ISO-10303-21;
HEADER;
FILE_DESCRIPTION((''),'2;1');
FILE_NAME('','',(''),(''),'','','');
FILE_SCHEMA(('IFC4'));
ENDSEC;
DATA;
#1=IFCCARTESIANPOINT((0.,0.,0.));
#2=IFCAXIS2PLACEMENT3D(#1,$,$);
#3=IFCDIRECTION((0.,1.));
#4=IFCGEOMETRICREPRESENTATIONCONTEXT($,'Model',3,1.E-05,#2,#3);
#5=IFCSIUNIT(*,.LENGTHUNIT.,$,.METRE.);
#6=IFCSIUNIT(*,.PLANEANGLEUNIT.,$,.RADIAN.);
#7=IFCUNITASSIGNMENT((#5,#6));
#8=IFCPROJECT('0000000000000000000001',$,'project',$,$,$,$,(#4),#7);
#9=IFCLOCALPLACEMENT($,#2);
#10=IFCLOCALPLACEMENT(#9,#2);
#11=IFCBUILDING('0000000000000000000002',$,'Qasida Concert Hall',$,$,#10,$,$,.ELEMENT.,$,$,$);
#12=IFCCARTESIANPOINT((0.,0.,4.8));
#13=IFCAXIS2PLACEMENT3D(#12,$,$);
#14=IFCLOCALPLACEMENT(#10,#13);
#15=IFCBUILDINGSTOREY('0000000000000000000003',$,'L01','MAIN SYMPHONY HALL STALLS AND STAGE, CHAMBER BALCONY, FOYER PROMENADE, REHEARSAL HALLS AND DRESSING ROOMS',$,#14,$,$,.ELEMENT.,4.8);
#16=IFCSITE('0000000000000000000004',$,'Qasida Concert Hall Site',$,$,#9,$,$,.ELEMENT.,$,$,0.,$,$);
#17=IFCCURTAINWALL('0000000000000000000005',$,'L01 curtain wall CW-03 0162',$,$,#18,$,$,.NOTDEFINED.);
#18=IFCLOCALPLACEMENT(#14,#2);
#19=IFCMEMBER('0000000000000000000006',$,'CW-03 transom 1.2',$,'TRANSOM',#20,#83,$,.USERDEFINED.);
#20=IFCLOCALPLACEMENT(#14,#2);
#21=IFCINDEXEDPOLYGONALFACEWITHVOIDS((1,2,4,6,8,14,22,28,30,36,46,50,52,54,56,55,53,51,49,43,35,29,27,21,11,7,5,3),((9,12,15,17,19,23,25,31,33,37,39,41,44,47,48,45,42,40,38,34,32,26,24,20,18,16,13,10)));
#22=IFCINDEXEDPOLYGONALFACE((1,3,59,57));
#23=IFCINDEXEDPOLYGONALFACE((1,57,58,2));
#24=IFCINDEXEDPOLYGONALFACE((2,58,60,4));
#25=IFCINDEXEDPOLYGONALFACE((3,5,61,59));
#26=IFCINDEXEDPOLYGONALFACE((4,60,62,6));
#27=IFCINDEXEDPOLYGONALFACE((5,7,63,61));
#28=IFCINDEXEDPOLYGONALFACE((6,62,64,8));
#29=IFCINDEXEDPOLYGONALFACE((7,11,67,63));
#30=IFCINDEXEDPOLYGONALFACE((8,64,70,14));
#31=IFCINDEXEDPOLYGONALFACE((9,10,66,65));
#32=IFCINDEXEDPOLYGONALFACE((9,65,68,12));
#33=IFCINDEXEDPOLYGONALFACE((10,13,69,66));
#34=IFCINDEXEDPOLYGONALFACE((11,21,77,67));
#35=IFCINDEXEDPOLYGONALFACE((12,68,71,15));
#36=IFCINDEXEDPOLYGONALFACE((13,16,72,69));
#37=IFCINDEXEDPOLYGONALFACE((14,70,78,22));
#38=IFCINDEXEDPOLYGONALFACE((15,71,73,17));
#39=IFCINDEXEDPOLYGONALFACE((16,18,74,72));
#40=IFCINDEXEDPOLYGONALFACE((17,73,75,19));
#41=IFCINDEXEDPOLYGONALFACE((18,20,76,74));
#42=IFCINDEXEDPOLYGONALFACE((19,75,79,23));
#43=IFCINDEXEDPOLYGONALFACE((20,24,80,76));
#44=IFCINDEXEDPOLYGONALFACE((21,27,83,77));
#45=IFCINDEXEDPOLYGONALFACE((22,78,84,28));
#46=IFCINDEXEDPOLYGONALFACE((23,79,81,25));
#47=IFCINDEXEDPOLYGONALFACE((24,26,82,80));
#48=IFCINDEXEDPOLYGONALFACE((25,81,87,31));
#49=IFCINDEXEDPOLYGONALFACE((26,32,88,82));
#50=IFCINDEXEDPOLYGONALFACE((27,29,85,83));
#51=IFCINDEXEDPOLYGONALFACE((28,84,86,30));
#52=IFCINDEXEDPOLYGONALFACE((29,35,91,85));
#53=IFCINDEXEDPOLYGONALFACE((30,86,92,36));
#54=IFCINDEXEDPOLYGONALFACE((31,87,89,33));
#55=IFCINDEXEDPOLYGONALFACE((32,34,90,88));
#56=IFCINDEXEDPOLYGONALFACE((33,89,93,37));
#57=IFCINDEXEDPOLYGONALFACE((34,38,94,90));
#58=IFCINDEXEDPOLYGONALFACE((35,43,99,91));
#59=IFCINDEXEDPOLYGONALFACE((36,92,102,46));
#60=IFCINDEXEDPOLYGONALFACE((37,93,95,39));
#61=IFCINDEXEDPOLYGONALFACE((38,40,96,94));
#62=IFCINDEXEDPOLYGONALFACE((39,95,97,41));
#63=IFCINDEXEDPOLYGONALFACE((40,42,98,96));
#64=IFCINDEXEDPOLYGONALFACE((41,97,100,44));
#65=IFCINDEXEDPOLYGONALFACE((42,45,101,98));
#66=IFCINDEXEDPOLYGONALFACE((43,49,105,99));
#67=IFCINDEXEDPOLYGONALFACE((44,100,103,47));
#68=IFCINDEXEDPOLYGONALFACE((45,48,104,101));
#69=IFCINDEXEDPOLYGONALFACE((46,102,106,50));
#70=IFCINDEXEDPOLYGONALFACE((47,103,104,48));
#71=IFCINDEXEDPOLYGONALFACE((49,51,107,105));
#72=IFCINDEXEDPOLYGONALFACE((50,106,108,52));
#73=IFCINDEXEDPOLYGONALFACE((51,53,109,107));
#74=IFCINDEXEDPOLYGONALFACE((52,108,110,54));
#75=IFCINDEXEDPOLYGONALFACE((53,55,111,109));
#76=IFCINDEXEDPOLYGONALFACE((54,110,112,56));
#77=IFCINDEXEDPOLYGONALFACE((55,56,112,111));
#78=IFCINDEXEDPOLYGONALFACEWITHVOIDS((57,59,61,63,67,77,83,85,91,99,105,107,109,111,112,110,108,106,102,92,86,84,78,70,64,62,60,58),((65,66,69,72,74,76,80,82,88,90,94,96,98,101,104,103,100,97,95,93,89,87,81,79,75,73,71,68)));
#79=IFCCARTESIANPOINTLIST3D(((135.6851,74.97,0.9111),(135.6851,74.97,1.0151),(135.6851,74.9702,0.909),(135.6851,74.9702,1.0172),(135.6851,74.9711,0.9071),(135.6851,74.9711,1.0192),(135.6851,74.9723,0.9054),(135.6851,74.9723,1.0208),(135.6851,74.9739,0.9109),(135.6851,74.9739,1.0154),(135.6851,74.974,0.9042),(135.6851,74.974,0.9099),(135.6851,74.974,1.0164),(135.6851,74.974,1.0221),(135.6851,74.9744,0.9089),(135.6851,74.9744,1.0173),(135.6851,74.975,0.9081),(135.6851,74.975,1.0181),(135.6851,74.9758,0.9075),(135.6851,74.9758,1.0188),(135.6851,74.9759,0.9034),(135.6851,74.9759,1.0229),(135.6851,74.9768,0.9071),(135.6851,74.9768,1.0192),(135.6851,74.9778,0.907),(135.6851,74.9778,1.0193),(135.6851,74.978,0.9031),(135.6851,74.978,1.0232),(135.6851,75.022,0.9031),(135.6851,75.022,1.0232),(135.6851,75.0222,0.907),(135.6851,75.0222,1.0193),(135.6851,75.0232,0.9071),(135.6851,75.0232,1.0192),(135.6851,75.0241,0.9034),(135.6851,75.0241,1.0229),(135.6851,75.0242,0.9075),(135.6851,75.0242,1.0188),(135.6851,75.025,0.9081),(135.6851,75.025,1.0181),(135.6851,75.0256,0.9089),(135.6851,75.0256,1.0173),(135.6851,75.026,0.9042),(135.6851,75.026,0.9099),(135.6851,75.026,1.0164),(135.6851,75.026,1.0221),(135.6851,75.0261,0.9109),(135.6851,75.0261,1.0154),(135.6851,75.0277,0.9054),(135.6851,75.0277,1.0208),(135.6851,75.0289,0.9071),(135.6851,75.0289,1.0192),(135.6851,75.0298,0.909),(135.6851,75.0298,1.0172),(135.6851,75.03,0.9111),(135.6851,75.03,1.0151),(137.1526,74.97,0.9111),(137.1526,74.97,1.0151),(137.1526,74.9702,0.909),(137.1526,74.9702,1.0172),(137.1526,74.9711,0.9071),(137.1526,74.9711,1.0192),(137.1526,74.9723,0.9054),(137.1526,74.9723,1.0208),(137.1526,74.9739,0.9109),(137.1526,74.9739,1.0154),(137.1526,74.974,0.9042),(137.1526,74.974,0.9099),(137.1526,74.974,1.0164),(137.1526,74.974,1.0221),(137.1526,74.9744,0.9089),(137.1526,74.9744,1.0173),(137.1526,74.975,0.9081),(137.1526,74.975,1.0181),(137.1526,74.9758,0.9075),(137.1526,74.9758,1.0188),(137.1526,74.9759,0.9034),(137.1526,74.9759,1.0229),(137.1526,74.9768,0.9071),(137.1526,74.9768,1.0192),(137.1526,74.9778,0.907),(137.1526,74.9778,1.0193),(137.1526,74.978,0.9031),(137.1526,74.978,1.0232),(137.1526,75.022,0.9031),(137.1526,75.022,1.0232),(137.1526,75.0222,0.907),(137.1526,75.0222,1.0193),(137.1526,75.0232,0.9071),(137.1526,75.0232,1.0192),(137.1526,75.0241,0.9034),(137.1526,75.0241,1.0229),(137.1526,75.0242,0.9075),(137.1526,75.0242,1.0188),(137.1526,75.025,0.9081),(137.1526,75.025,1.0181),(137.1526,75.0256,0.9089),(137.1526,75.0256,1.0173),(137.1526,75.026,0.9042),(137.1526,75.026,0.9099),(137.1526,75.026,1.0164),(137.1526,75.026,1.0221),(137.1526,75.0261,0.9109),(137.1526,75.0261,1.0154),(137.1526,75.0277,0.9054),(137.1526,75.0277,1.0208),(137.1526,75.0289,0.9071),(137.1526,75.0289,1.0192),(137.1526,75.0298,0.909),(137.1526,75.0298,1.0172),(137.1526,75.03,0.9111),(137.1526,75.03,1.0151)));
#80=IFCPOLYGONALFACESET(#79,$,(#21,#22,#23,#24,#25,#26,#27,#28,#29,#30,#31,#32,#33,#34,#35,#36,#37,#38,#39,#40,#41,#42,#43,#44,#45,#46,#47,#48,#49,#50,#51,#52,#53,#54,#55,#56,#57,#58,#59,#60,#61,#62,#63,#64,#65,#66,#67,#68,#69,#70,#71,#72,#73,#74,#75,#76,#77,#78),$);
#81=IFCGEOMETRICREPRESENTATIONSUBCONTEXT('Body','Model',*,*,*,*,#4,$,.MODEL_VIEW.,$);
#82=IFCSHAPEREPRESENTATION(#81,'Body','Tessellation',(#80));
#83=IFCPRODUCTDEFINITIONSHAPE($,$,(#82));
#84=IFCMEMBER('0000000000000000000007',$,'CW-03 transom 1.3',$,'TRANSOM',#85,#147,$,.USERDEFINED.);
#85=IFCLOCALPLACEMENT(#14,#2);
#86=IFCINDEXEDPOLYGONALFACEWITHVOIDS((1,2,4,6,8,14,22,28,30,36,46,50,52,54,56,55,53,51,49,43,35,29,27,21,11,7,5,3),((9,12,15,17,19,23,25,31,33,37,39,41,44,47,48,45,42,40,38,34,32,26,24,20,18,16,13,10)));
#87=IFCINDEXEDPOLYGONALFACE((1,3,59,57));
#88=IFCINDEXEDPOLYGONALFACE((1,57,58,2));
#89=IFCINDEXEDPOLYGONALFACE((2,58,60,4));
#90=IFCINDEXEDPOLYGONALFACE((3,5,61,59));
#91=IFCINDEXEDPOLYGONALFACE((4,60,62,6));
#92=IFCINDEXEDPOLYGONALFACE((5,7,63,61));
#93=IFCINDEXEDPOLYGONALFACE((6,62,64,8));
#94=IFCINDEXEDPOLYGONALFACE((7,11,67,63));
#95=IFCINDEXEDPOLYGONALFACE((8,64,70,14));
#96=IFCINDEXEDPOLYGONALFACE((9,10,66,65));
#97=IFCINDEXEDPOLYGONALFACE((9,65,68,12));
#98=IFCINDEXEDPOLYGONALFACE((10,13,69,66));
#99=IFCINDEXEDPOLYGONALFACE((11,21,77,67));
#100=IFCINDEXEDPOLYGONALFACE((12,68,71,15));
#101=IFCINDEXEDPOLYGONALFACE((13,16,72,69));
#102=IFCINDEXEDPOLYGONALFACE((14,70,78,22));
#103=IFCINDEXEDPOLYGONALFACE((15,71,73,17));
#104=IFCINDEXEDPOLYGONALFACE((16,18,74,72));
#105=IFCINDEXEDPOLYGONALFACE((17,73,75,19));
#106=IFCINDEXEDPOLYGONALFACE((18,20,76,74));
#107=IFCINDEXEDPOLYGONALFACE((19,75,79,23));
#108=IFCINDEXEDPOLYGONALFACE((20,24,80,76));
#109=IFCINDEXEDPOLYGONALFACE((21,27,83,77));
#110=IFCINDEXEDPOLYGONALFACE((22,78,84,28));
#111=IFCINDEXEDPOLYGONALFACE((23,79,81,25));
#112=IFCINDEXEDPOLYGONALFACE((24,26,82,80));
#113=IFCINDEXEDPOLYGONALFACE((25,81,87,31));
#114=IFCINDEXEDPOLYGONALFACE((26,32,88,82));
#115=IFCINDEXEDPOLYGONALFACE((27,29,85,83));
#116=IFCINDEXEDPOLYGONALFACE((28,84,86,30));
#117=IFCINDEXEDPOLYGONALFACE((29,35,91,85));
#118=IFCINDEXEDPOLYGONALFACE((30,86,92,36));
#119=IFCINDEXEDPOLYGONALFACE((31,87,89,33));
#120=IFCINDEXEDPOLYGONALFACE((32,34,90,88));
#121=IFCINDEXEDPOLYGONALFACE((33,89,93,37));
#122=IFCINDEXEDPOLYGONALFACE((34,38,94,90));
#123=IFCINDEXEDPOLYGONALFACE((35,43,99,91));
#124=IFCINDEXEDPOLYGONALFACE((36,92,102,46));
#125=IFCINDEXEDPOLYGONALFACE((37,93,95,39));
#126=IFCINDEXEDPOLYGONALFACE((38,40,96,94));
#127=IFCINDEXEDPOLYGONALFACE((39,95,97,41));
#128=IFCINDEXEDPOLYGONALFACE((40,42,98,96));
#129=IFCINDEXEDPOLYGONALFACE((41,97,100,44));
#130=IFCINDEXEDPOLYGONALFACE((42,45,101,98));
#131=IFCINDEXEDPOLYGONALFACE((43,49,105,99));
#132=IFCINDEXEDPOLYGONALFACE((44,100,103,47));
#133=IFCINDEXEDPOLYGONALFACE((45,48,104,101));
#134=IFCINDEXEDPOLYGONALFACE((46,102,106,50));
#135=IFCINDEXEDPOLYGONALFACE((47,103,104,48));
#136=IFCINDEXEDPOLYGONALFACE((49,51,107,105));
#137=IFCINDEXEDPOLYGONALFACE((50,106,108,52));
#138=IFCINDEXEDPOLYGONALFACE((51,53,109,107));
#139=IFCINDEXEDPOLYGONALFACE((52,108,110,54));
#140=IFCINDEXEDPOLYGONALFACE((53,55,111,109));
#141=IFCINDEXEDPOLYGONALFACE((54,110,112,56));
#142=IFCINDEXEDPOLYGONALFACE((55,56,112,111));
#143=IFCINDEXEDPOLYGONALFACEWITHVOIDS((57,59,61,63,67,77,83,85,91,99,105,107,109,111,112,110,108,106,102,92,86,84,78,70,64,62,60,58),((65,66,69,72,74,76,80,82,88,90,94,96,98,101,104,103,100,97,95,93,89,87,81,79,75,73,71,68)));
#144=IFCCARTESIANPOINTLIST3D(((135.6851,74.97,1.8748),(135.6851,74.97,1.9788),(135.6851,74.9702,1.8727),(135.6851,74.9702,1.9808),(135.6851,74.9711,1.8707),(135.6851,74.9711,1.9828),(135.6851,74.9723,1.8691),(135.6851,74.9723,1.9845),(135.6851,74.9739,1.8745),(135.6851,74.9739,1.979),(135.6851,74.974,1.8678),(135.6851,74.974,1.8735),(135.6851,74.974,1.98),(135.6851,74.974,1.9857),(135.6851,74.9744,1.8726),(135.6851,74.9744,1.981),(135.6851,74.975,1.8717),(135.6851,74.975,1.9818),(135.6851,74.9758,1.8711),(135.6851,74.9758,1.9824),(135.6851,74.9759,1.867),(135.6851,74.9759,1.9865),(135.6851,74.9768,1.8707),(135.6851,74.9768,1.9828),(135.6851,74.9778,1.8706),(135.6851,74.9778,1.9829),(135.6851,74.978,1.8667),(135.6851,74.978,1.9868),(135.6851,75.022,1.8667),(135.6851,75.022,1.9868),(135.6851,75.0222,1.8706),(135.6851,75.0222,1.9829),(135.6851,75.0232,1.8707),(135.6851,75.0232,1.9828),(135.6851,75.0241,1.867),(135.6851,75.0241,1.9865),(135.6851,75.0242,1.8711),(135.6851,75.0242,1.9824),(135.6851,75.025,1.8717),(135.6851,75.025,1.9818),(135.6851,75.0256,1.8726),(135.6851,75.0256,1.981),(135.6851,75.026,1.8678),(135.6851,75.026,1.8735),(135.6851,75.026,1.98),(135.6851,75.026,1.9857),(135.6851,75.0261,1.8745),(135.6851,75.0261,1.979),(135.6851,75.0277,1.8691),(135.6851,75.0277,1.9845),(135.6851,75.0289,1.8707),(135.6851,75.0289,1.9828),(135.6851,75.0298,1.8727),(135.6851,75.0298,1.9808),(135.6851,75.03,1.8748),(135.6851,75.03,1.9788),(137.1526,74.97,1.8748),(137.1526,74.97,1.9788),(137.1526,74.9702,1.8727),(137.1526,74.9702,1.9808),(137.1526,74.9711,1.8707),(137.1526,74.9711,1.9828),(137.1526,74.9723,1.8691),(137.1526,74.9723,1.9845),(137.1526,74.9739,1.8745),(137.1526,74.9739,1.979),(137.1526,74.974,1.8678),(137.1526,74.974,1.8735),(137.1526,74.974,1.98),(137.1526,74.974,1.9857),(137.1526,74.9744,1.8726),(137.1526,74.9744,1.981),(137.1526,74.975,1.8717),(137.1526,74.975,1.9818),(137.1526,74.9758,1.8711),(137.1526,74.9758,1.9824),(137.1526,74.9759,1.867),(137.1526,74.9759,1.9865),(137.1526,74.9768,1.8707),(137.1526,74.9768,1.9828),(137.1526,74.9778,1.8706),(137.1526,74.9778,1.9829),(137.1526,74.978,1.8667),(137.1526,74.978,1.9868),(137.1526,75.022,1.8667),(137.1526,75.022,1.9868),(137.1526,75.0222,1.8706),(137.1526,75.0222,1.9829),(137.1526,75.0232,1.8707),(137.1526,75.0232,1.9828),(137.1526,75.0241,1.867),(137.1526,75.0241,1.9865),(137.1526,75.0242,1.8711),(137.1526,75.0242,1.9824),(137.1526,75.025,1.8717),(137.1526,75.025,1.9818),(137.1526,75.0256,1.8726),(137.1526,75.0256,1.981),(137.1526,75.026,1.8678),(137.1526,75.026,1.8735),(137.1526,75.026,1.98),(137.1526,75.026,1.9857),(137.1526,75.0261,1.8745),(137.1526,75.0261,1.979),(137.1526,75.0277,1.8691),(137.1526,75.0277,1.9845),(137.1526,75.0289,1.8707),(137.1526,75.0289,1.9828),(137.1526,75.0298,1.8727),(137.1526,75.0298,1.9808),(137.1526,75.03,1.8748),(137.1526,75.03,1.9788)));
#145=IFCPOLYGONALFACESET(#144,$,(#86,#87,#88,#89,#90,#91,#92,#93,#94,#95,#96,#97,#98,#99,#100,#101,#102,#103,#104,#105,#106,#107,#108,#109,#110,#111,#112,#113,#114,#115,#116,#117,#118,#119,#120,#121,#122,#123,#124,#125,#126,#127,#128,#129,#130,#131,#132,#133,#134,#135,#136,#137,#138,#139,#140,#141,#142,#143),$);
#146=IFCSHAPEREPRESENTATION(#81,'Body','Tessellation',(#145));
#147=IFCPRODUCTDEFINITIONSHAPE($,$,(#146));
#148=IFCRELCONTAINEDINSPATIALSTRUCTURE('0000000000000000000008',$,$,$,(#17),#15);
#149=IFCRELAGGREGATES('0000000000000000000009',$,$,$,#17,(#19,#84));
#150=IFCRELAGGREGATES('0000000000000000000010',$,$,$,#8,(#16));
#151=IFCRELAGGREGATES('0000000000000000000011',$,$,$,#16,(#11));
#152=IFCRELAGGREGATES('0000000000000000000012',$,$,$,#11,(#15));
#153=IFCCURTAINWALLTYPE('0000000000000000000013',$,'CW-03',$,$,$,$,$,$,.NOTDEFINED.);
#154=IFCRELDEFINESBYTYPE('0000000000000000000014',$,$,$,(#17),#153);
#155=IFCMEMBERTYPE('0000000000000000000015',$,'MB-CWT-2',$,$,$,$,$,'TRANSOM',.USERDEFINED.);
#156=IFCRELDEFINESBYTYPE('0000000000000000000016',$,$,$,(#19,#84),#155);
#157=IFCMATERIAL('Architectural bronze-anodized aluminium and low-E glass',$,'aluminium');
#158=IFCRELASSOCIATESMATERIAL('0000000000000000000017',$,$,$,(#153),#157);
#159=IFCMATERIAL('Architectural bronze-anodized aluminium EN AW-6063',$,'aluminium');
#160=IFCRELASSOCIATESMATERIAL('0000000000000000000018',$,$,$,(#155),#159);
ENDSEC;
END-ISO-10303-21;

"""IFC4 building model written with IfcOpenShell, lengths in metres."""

from ifc_helpers import new_model, si_unit, direction, frame, origin, origin_2d, place, context, subcontext, project, spatial, hollow_rectangle, extrude, material, material_profile, profile_set, type_object, element, aggregate, save


model = new_model("IFC4")

# Units and contexts
model_context = context("Model", 3, precision=1e-05, world=origin(), true_north=direction((0.0, 1.0)))
body_context = subcontext(model_context, "Body", "Model", "MODEL_VIEW")
ifc_project = project(units=[si_unit("LENGTHUNIT", "METRE"), si_unit("PLANEANGLEUNIT", "RADIAN")], contexts=[model_context])

# Site, building, storey
site_placement = place(None, origin())
site = spatial("IfcSite", under=ifc_project, at=site_placement, Name="Qasida Concert Hall Site", CompositionType="ELEMENT", RefElevation=0.0)
building_placement = place(site_placement, origin())
building = spatial("IfcBuilding", under=site, at=building_placement, Name="Qasida Concert Hall", CompositionType="ELEMENT")
storey_placement = place(building_placement, frame((0.0, 0.0, 4.8)))
storey = spatial("IfcBuildingStorey", under=building, at=storey_placement, Name="L01", Description="MAIN SYMPHONY HALL STALLS AND STAGE, CHAMBER BALCONY, FOYER PROMENADE, REHEARSAL HALLS AND DRESSING ROOMS", CompositionType="ELEMENT", Elevation=4.8)

# Curtain wall, members
ifc_material_1 = material(Name="Architectural bronze-anodized aluminium and low-E glass", Category="aluminium")
curtain_wall_type = type_object("IfcCurtainWallType", Name="CW-03", PredefinedType="NOTDEFINED", material=ifc_material_1)
curtain_wall_placement = place(storey_placement, origin())
curtain_wall = element("IfcCurtainWall", 1, at=curtain_wall_placement, inside=storey, type_object=curtain_wall_type, Name="L01 curtain wall CW-03 0162", PredefinedType="NOTDEFINED")
ifc_material_2 = material(Name="Architectural bronze-anodized aluminium EN AW-6063", Category="aluminium")
ifc_material_profile_1 = material_profile(ifc_material_2, hollow_rectangle(XDim=0.0601, YDim=0.1201, WallThickness=0.0039, InnerFilletRadius=0.0039, OuterFilletRadius=0.0081, at=origin_2d()), Name="CWT 120x60x4")
ifc_profile_set_1 = profile_set([ifc_material_profile_1], Name="Architectural bronze-anodized aluminium EN AW-6063")
member_type_1 = type_object("IfcMemberType", Name="MB-CWT-2", ElementType="TRANSOM", PredefinedType="USERDEFINED", material=ifc_profile_set_1)
member_1_placement = place(storey_placement, frame((135.6851, 75.0, 0.9631), z_axis=(1.0, 0.0, 0.0), x_axis=(0.0, 1.0, 0.0)))
member_1 = element("IfcMember", 2, at=member_1_placement, type_object=member_type_1, Name="CW-03 transom 1.2", ObjectType="TRANSOM", PredefinedType="USERDEFINED", context=body_context, shape_type="SweptSolid", body=[
    extrude(hollow_rectangle(XDim=0.0601, YDim=0.1201, WallThickness=0.0039, InnerFilletRadius=0.0039, OuterFilletRadius=0.0081, at=origin_2d()), origin(), (0.0, 0.0, 1.0), 1.4675),
])
member_2_placement = place(storey_placement, frame((135.6851, 75.0, 1.9268), z_axis=(1.0, 0.0, 0.0), x_axis=(0.0, 1.0, 0.0)))
member_2 = element("IfcMember", 3, at=member_2_placement, type_object=member_type_1, Name="CW-03 transom 1.3", ObjectType="TRANSOM", PredefinedType="USERDEFINED", context=body_context, shape_type="SweptSolid", body=[
    extrude(hollow_rectangle(XDim=0.0601, YDim=0.1201, WallThickness=0.0039, InnerFilletRadius=0.0039, OuterFilletRadius=0.0081, at=origin_2d()), origin(), (0.0, 0.0, 1.0), 1.4675),
])
aggregate(curtain_wall, [member_1, member_2])

save(model, "model.ifc")
